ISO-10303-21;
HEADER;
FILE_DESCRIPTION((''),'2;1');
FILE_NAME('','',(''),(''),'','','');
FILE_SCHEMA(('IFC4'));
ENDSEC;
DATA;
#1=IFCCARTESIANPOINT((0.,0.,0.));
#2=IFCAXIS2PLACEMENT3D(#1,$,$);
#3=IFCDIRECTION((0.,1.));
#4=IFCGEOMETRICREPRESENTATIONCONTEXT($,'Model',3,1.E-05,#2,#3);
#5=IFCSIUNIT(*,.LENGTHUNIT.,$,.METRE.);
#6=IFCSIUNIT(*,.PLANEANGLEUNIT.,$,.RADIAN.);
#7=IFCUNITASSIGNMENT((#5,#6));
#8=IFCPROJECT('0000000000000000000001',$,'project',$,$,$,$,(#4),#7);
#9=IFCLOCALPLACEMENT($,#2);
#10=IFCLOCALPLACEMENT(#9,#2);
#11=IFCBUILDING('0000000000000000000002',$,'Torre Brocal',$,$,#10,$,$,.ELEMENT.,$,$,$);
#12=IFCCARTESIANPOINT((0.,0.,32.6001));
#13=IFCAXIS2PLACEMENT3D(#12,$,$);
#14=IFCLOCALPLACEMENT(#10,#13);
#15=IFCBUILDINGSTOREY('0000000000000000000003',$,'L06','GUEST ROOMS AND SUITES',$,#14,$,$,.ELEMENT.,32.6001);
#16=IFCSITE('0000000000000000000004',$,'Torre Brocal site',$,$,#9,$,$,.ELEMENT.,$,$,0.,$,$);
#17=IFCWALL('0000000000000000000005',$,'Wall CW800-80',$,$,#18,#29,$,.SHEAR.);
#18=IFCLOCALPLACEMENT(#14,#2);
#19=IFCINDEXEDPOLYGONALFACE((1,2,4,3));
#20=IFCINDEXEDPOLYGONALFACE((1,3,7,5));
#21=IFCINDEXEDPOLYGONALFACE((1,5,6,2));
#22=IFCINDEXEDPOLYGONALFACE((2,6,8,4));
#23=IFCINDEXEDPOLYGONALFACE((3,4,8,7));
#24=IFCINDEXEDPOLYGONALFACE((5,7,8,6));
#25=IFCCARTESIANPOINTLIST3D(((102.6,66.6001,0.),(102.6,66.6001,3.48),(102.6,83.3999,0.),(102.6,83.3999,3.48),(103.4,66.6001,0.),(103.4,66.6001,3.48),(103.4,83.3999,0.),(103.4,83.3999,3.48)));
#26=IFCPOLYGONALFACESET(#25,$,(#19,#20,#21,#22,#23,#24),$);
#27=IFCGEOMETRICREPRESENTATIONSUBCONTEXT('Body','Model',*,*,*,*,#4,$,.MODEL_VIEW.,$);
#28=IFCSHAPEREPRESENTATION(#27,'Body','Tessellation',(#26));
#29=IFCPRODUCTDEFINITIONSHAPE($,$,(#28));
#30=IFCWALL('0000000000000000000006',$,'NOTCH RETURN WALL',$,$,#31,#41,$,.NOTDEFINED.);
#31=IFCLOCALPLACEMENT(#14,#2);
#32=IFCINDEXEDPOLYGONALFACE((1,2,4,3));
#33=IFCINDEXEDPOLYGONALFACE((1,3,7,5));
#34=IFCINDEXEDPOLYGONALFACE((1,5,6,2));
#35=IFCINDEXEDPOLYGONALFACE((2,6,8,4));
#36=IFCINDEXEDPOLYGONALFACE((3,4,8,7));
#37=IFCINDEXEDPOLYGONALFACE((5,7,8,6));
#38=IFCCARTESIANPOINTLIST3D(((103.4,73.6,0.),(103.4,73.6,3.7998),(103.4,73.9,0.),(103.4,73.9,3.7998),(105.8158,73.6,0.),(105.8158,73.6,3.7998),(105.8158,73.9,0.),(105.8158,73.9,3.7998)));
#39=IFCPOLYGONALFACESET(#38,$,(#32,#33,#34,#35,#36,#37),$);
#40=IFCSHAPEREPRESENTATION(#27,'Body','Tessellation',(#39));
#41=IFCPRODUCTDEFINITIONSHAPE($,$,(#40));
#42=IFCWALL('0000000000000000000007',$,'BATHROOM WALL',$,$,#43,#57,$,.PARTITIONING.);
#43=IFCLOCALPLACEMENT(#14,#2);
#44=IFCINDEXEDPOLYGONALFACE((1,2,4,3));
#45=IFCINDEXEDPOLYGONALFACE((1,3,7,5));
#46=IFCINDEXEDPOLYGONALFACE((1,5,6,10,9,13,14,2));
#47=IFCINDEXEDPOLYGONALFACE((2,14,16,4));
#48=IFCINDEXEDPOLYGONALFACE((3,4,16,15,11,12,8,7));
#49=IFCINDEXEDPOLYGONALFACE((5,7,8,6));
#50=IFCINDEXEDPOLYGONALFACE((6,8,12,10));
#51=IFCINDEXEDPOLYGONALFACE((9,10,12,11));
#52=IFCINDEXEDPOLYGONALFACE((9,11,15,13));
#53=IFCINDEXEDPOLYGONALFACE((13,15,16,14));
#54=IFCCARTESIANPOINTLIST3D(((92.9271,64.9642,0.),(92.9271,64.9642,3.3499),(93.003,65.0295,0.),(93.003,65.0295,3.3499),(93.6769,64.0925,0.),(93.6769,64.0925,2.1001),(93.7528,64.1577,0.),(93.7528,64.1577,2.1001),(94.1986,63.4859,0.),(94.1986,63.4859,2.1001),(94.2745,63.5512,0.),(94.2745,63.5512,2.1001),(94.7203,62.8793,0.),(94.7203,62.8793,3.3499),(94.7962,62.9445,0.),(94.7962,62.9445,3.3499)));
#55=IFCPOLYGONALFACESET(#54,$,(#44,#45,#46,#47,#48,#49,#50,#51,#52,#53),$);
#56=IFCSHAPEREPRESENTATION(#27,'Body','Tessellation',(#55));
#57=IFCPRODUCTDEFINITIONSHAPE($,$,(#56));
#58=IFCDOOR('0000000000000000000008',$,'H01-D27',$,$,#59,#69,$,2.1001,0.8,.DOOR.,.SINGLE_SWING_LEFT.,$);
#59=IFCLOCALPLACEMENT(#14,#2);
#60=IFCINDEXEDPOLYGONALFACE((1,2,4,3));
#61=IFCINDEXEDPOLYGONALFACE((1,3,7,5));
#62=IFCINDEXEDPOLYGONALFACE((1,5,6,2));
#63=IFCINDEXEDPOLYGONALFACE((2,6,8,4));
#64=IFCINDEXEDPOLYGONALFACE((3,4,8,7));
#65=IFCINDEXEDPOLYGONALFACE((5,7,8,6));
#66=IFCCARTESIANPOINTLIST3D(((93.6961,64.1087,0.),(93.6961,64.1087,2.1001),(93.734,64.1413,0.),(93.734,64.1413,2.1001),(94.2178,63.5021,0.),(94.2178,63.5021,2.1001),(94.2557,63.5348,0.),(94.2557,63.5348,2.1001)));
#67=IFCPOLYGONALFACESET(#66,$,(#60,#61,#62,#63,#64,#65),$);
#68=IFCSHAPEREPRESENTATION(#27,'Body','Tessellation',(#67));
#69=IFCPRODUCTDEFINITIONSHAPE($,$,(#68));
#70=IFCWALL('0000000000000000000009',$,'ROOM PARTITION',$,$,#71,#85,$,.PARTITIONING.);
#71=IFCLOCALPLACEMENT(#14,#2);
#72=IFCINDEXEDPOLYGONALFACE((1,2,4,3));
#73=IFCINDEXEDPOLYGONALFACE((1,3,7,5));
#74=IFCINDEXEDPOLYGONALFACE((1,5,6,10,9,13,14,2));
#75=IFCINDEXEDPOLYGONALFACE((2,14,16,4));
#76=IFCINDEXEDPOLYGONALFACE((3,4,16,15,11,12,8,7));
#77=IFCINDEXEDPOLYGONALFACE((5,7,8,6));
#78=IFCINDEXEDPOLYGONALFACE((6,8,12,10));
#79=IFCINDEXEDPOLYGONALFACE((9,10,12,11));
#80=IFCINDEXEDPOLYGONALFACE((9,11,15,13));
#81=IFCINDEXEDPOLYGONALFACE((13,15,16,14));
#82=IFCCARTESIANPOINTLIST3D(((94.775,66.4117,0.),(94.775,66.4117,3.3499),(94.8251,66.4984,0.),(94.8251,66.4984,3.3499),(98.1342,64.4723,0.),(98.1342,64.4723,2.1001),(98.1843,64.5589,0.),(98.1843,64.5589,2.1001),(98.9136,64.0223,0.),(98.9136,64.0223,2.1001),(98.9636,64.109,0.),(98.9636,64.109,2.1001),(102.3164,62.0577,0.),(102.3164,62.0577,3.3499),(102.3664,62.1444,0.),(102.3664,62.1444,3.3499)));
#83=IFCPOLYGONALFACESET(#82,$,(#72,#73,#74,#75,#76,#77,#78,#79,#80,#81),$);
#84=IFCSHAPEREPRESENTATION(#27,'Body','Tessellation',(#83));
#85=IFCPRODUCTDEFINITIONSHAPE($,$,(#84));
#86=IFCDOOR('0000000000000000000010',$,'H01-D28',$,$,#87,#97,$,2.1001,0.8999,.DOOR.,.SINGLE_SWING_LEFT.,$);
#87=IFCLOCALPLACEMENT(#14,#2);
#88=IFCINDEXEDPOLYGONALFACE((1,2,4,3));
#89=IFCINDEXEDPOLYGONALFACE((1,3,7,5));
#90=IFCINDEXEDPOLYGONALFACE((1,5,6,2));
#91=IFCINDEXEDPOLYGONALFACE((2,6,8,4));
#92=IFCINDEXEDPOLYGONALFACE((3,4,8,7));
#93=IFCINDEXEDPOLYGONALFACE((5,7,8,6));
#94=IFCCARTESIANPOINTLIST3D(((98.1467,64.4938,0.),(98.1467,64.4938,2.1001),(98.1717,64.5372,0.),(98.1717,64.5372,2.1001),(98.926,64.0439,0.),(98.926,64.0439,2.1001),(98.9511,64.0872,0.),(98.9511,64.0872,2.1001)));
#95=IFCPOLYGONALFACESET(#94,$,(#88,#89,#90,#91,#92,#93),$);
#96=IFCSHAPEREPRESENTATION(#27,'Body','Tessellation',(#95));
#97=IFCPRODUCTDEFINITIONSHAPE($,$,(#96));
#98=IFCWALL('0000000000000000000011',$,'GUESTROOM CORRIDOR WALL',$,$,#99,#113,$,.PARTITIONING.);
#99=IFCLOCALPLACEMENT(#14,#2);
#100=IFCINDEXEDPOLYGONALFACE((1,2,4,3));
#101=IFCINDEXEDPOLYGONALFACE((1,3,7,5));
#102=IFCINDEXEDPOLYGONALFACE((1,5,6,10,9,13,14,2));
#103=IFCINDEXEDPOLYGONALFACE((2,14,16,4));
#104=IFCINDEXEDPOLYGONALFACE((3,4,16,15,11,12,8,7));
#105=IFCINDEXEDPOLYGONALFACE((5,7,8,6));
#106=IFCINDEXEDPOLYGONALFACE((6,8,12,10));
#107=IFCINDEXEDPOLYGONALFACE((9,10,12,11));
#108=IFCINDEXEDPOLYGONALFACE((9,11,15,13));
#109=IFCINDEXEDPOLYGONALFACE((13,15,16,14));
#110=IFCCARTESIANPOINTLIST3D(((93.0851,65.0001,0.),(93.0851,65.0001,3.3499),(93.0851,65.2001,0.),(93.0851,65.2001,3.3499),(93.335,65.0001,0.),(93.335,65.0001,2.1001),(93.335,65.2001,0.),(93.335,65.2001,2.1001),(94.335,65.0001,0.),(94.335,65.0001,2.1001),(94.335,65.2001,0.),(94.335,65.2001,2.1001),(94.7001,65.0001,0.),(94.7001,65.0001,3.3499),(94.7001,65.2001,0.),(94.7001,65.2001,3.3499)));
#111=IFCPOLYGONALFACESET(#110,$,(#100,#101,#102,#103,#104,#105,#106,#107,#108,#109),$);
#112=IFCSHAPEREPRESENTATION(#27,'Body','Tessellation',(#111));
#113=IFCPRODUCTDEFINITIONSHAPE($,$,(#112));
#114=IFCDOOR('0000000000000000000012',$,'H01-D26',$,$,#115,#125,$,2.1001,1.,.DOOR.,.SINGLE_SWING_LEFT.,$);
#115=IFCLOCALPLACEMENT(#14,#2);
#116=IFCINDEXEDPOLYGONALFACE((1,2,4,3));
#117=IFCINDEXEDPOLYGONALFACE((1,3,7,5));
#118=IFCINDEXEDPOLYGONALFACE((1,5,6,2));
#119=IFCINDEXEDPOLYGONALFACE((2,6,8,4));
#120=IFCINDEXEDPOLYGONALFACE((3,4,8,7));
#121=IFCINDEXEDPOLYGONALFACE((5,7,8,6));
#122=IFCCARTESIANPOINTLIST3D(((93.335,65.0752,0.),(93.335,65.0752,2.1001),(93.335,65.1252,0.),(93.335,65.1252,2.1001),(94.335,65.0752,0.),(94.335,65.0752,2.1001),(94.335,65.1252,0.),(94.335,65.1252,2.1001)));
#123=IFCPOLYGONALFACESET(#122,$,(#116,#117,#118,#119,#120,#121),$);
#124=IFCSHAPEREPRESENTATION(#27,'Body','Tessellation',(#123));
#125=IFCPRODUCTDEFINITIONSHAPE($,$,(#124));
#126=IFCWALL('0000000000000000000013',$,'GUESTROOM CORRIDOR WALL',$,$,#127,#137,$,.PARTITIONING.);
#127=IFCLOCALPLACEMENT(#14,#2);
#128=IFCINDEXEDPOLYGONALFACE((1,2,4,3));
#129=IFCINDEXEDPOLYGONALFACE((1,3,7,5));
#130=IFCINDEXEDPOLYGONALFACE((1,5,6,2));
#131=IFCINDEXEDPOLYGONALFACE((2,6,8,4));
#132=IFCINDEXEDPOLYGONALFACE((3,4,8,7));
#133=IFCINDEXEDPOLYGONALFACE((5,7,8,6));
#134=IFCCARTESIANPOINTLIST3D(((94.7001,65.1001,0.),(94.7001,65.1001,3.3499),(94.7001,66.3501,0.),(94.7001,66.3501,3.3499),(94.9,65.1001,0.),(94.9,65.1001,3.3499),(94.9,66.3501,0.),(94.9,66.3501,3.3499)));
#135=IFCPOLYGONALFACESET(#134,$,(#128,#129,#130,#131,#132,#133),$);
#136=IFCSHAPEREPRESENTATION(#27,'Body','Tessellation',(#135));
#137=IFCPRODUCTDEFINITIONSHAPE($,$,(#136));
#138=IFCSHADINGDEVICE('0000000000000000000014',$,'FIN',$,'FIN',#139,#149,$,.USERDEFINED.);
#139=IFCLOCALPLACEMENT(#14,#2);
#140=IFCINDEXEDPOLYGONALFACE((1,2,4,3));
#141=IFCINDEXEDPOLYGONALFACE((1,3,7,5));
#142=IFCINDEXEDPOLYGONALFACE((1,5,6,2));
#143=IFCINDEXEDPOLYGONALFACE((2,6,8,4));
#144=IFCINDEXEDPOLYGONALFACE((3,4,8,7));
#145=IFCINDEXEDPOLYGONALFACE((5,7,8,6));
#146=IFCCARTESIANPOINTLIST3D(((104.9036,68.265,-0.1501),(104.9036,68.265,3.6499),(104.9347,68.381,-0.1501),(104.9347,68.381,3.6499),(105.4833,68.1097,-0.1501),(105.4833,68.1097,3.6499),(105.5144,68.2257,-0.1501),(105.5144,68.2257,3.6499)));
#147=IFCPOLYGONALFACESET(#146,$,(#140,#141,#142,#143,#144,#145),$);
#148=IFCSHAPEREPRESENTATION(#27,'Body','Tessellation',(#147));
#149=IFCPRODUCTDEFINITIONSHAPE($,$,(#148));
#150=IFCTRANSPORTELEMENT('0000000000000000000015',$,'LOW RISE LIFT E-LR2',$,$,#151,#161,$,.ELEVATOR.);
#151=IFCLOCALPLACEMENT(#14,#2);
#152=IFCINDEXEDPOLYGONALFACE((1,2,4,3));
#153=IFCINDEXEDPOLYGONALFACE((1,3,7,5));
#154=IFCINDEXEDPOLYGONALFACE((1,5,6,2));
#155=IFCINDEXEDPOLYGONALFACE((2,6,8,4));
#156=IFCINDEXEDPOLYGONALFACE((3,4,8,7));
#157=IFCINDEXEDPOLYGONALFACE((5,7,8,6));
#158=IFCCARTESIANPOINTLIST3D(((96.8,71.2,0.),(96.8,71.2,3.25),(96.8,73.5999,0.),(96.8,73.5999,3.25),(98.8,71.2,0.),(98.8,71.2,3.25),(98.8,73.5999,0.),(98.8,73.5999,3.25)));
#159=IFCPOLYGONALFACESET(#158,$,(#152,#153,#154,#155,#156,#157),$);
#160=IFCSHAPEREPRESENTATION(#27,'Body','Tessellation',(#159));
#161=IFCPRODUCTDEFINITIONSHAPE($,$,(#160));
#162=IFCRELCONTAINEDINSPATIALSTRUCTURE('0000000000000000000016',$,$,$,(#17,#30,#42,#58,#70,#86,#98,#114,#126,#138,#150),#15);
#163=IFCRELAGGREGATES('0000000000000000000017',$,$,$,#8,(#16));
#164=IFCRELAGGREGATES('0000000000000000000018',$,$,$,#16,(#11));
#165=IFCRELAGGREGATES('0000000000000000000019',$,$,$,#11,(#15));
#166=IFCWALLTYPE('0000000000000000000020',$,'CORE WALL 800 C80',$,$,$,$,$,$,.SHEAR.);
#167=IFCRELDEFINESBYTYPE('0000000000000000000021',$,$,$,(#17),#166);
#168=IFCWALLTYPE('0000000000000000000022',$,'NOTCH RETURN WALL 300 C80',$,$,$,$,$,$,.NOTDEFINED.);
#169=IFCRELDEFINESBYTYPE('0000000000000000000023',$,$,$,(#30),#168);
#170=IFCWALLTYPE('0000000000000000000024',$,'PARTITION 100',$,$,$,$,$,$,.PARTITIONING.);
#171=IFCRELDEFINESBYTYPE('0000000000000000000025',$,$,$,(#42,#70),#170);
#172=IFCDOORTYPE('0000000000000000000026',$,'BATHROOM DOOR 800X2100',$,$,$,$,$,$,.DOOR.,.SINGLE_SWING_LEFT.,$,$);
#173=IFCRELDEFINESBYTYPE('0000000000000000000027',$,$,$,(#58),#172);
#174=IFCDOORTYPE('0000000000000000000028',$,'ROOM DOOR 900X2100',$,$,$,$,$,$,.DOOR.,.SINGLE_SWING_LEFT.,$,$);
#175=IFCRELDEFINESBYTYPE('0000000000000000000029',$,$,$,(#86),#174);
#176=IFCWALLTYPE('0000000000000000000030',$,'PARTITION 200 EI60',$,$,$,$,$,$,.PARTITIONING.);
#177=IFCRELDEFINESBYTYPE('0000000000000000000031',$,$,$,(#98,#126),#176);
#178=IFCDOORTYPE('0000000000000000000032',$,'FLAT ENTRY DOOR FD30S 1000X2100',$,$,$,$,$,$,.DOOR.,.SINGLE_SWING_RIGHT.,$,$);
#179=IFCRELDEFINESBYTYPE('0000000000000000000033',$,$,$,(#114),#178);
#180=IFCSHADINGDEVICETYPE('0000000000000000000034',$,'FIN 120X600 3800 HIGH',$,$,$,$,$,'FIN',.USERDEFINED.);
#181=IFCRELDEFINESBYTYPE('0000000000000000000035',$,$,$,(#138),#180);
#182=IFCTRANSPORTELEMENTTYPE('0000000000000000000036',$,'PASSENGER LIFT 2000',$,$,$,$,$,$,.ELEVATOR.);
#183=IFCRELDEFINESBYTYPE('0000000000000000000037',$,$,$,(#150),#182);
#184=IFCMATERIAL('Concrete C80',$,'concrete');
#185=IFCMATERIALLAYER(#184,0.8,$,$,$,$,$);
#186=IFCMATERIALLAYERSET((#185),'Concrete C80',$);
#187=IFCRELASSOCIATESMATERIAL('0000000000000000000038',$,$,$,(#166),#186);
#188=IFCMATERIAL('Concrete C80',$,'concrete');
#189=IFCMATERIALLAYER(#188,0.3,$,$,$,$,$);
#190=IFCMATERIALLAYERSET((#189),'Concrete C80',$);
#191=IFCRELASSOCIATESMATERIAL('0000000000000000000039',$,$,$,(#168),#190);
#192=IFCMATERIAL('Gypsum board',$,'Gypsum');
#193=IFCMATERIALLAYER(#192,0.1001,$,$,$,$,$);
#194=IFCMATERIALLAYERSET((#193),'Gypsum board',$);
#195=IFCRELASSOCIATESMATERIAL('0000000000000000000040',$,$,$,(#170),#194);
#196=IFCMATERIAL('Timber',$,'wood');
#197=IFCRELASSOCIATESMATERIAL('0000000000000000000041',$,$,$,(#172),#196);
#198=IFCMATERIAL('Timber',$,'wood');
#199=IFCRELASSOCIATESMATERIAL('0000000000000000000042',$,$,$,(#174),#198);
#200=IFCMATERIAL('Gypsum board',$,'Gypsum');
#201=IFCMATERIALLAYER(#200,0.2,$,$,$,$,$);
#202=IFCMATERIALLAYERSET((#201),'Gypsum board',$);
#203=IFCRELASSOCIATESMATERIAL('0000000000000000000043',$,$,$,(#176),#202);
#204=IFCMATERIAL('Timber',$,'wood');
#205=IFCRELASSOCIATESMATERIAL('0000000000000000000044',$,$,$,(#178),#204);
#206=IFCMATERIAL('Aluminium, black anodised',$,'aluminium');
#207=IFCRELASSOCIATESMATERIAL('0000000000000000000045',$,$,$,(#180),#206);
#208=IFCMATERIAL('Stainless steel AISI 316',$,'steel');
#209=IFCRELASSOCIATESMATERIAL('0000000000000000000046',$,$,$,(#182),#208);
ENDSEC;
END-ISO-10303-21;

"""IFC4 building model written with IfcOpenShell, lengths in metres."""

from ifc_helpers import new_model, si_unit, direction, frame, frame_2d, origin, origin_2d, place, context, subcontext, project, spatial, rectangle, extrude, material, layer, layer_set, material_profile, profile_set, type_object, element, fill, save


model = new_model("IFC4")

# Units and contexts
model_context = context("Model", 3, precision=1e-05, world=origin(), true_north=direction((0.0, 1.0)))
body_context = subcontext(model_context, "Body", "Model", "MODEL_VIEW")
ifc_project = project(units=[si_unit("LENGTHUNIT", "METRE"), si_unit("PLANEANGLEUNIT", "RADIAN")], contexts=[model_context])

# Site, building, storey
site_placement = place(None, origin())
site = spatial("IfcSite", under=ifc_project, at=site_placement, Name="Torre Brocal site", CompositionType="ELEMENT", RefElevation=0.0)
building_placement = place(site_placement, origin())
building = spatial("IfcBuilding", under=site, at=building_placement, Name="Torre Brocal", CompositionType="ELEMENT")
storey_placement = place(building_placement, frame((0.0, 0.0, 32.6001)))
storey = spatial("IfcBuildingStorey", under=building, at=storey_placement, Name="L06", Description="GUEST ROOMS AND SUITES", CompositionType="ELEMENT", Elevation=32.6001)

# Walls
ifc_material_1 = material(Name="Concrete C80", Category="concrete")
ifc_layer_1 = layer(ifc_material_1, 0.8)
ifc_layer_set_1 = layer_set([ifc_layer_1], Name="Concrete C80")
wall_type_1 = type_object("IfcWallType", Name="CORE WALL 800 C80", PredefinedType="SHEAR", material=ifc_layer_set_1)
wall_1_placement = place(storey_placement, frame((103.0, 66.6001, 0.0), z_axis=(0.0, 0.0, 1.0), x_axis=(0.0, 1.0, 0.0)))
element("IfcWall", 1, at=wall_1_placement, inside=storey, type_object=wall_type_1, Name="Wall CW800-80", PredefinedType="SHEAR", context=body_context, shape_type="SweptSolid", body=[
    extrude(rectangle(XDim=16.7998, YDim=0.8, at=frame_2d((8.3999, 0.0))), origin(), (0.0, 0.0, 1.0), 3.48),
])
ifc_material_2 = material(Name="Concrete C80", Category="concrete")
ifc_layer_2 = layer(ifc_material_2, 0.3)
ifc_layer_set_2 = layer_set([ifc_layer_2], Name="Concrete C80")
wall_type_2 = type_object("IfcWallType", Name="NOTCH RETURN WALL 300 C80", PredefinedType="NOTDEFINED", material=ifc_layer_set_2)
wall_2_placement = place(storey_placement, frame((103.3999, 73.75, 0.0), z_axis=(0.0, 0.0, 1.0), x_axis=(1.0, 0.0, 0.0)))
element("IfcWall", 2, at=wall_2_placement, inside=storey, type_object=wall_type_2, Name="NOTCH RETURN WALL", PredefinedType="NOTDEFINED", context=body_context, shape_type="SweptSolid", body=[
    extrude(rectangle(XDim=2.4158, YDim=0.3, at=frame_2d((1.208, 0.0))), origin(), (0.0, 0.0, 1.0), 3.7998),
])

# Walls, openings, doors
ifc_material_3 = material(Name="Gypsum board", Category="Gypsum")
ifc_layer_3 = layer(ifc_material_3, 0.1001)
ifc_layer_set_3 = layer_set([ifc_layer_3], Name="Gypsum board")
wall_type_3 = type_object("IfcWallType", Name="PARTITION 100", PredefinedType="PARTITIONING", material=ifc_layer_set_3)
wall_3_placement = place(storey_placement, frame((92.9651, 64.9968, 0.0), z_axis=(0.0, 0.0, 1.0), x_axis=(0.65207, -0.758159, 0.0)))
wall_3 = element("IfcWall", 3, at=wall_3_placement, inside=storey, type_object=wall_type_3, Name="BATHROOM WALL", PredefinedType="PARTITIONING", context=body_context, shape_type="SweptSolid", body=[
    extrude(rectangle(XDim=2.75, YDim=0.1001, at=frame_2d((1.375, 0.0))), origin(), (0.0, 0.0, 1.0), 3.3499),
])
opening_1_placement = place(wall_3_placement, frame((1.1499, 0.0, 0.0)))
opening_1 = element("IfcOpeningElement", 4, at=opening_1_placement, cuts=wall_3, PredefinedType="OPENING", context=body_context, shape_type="SweptSolid", body=[
    extrude(rectangle(XDim=0.8, YDim=2.1001, at=frame_2d((0.3999, 1.05))), frame((0.0, 0.0601, 0.0), z_axis=(0.0, -1.0, 0.0), x_axis=(1.0, 0.0, 0.0)), (0.0, 0.0, 1.0), 0.1201),
])
ifc_material_4 = material(Name="Timber", Category="wood")
door_type_1 = type_object("IfcDoorType", Name="BATHROOM DOOR 800X2100", OperationType="SINGLE_SWING_LEFT", PredefinedType="DOOR", material=ifc_material_4)
door_1_placement = place(opening_1_placement, frame((0.8, 0.0, 0.0), z_axis=(0.0, 0.0, 1.0), x_axis=(-1.0, 0.0, 0.0)))
door_1 = element("IfcDoor", 5, at=door_1_placement, inside=storey, type_object=door_type_1, Name="H01-D27", OperationType="SINGLE_SWING_LEFT", OverallHeight=2.1001, OverallWidth=0.8, PredefinedType="DOOR", context=body_context, shape_type="SweptSolid", body=[
    extrude(rectangle(XDim=0.8, YDim=2.1001, at=frame_2d((0.3999, 1.05))), frame((0.0, 0.0249, 0.0), z_axis=(0.0, -1.0, 0.0), x_axis=(1.0, 0.0, 0.0)), (0.0, 0.0, 1.0), 0.05),
])
fill(opening_1, door_1)
wall_4_placement = place(storey_placement, frame((94.8, 66.4551, 0.0), z_axis=(0.0, 0.0, 1.0), x_axis=(0.866023, -0.500005, 0.0)))
wall_4 = element("IfcWall", 6, at=wall_4_placement, inside=storey, type_object=wall_type_3, Name="ROOM PARTITION", PredefinedType="PARTITIONING", context=body_context, shape_type="SweptSolid", body=[
    extrude(rectangle(XDim=8.708, YDim=0.1001, at=frame_2d((4.354, 0.0))), origin(), (0.0, 0.0, 1.0), 3.3499),
])
opening_2_placement = place(wall_4_placement, frame((3.8789, 0.0, 0.0)))
opening_2 = element("IfcOpeningElement", 7, at=opening_2_placement, cuts=wall_4, PredefinedType="OPENING", context=body_context, shape_type="SweptSolid", body=[
    extrude(rectangle(XDim=0.8999, YDim=2.1001, at=frame_2d((0.45, 1.05))), frame((0.0, 0.0601, 0.0), z_axis=(0.0, -1.0, 0.0), x_axis=(1.0, 0.0, 0.0)), (0.0, 0.0, 1.0), 0.1201),
])
ifc_material_5 = material(Name="Timber", Category="wood")
door_type_2 = type_object("IfcDoorType", Name="ROOM DOOR 900X2100", OperationType="SINGLE_SWING_LEFT", PredefinedType="DOOR", material=ifc_material_5)
door_2_placement = place(opening_2_placement, origin())
door_2 = element("IfcDoor", 8, at=door_2_placement, inside=storey, type_object=door_type_2, Name="H01-D28", OperationType="SINGLE_SWING_LEFT", OverallHeight=2.1001, OverallWidth=0.8999, PredefinedType="DOOR", context=body_context, shape_type="SweptSolid", body=[
    extrude(rectangle(XDim=0.8999, YDim=2.1001, at=frame_2d((0.45, 1.05))), frame((0.0, 0.0249, 0.0), z_axis=(0.0, -1.0, 0.0), x_axis=(1.0, 0.0, 0.0)), (0.0, 0.0, 1.0), 0.05),
])
fill(opening_2, door_2)
ifc_material_6 = material(Name="Gypsum board", Category="Gypsum")
ifc_layer_4 = layer(ifc_material_6, 0.2)
ifc_layer_set_4 = layer_set([ifc_layer_4], Name="Gypsum board")
wall_type_4 = type_object("IfcWallType", Name="PARTITION 200 EI60", PredefinedType="PARTITIONING", material=ifc_layer_set_4)
wall_5_placement = place(storey_placement, frame((93.085, 65.1001, 0.0), z_axis=(0.0, 0.0, 1.0), x_axis=(1.0, 0.0, 0.0)))
wall_5 = element("IfcWall", 9, at=wall_5_placement, inside=storey, type_object=wall_type_4, Name="GUESTROOM CORRIDOR WALL", PredefinedType="PARTITIONING", context=body_context, shape_type="SweptSolid", body=[
    extrude(rectangle(XDim=1.615, YDim=0.2, at=frame_2d((0.8076, 0.0))), origin(), (0.0, 0.0, 1.0), 3.3499),
])
opening_3_placement = place(wall_5_placement, frame((0.25, 0.0, 0.0)))
opening_3 = element("IfcOpeningElement", 10, at=opening_3_placement, cuts=wall_5, PredefinedType="OPENING", context=body_context, shape_type="SweptSolid", body=[
    extrude(rectangle(XDim=1.0, YDim=2.1001, at=frame_2d((0.5, 1.05))), frame((0.0, 0.1099, 0.0), z_axis=(0.0, -1.0, 0.0), x_axis=(1.0, 0.0, 0.0)), (0.0, 0.0, 1.0), 0.22),
])
ifc_material_7 = material(Name="Timber", Category="wood")
door_type_3 = type_object("IfcDoorType", Name="FLAT ENTRY DOOR FD30S 1000X2100", OperationType="SINGLE_SWING_RIGHT", PredefinedType="DOOR", material=ifc_material_7)
door_3_placement = place(opening_3_placement, frame((1.0, 0.0, 0.0), z_axis=(0.0, 0.0, 1.0), x_axis=(-1.0, 0.0, 0.0)))
door_3 = element("IfcDoor", 11, at=door_3_placement, inside=storey, type_object=door_type_3, Name="H01-D26", OperationType="SINGLE_SWING_LEFT", OverallHeight=2.1001, OverallWidth=1.0, PredefinedType="DOOR", context=body_context, shape_type="SweptSolid", body=[
    extrude(rectangle(XDim=1.0, YDim=2.1001, at=frame_2d((0.5, 1.05))), frame((0.0, 0.0249, 0.0), z_axis=(0.0, -1.0, 0.0), x_axis=(1.0, 0.0, 0.0)), (0.0, 0.0, 1.0), 0.05),
])
fill(opening_3, door_3)

# Wall
wall_6_placement = place(storey_placement, frame((94.8, 65.1001, 0.0), z_axis=(0.0, 0.0, 1.0), x_axis=(0.0, 1.0, 0.0)))
element("IfcWall", 12, at=wall_6_placement, inside=storey, type_object=wall_type_4, Name="GUESTROOM CORRIDOR WALL", PredefinedType="PARTITIONING", context=body_context, shape_type="SweptSolid", body=[
    extrude(rectangle(XDim=1.25, YDim=0.2, at=frame_2d((0.625, 0.0))), origin(), (0.0, 0.0, 1.0), 3.3499),
])

# Shading device
ifc_material_8 = material(Name="Aluminium, black anodised", Category="aluminium")
ifc_material_profile_1 = material_profile(ifc_material_8, rectangle(XDim=0.1201, YDim=0.6001, at=origin_2d()), Name="FIN 120X600 3800 HIGH")
ifc_profile_set_1 = profile_set([ifc_material_profile_1], Name="Aluminium, black anodised")
shading_device_type = type_object("IfcShadingDeviceType", Name="FIN 120X600 3800 HIGH", ElementType="FIN", PredefinedType="USERDEFINED", material=ifc_profile_set_1)
shading_device_placement = place(storey_placement, frame((105.209, 68.2454, -0.1501), z_axis=(0.0, 0.0, 1.0), x_axis=(0.258819, 0.965926, 0.0)))
element("IfcShadingDevice", 13, at=shading_device_placement, inside=storey, type_object=shading_device_type, Name="FIN", ObjectType="FIN", PredefinedType="USERDEFINED", context=body_context, shape_type="SweptSolid", body=[
    extrude(rectangle(XDim=0.1201, YDim=0.6001, at=origin_2d()), origin(), (0.0, 0.0, 1.0), 3.8),
])

# Transport element
ifc_material_9 = material(Name="Stainless steel AISI 316", Category="steel")
transport_element_type_1 = type_object("IfcTransportElementType", Name="PASSENGER LIFT 2000", PredefinedType="ELEVATOR", material=ifc_material_9)
transport_element_placement = place(storey_placement, frame((97.8, 72.3999, 0.0), z_axis=(0.0, 0.0, 1.0), x_axis=(1.0, 0.0, 0.0)))
element("IfcTransportElement", 14, at=transport_element_placement, inside=storey, type_object=transport_element_type_1, Name="LOW RISE LIFT E-LR2", PredefinedType="ELEVATOR", context=body_context, shape_type="SweptSolid", body=[
    extrude(rectangle(XDim=2.0, YDim=2.3999, at=origin_2d()), origin(), (0.0, 0.0, 1.0), 3.25),
])

save(model, "model.ifc")
